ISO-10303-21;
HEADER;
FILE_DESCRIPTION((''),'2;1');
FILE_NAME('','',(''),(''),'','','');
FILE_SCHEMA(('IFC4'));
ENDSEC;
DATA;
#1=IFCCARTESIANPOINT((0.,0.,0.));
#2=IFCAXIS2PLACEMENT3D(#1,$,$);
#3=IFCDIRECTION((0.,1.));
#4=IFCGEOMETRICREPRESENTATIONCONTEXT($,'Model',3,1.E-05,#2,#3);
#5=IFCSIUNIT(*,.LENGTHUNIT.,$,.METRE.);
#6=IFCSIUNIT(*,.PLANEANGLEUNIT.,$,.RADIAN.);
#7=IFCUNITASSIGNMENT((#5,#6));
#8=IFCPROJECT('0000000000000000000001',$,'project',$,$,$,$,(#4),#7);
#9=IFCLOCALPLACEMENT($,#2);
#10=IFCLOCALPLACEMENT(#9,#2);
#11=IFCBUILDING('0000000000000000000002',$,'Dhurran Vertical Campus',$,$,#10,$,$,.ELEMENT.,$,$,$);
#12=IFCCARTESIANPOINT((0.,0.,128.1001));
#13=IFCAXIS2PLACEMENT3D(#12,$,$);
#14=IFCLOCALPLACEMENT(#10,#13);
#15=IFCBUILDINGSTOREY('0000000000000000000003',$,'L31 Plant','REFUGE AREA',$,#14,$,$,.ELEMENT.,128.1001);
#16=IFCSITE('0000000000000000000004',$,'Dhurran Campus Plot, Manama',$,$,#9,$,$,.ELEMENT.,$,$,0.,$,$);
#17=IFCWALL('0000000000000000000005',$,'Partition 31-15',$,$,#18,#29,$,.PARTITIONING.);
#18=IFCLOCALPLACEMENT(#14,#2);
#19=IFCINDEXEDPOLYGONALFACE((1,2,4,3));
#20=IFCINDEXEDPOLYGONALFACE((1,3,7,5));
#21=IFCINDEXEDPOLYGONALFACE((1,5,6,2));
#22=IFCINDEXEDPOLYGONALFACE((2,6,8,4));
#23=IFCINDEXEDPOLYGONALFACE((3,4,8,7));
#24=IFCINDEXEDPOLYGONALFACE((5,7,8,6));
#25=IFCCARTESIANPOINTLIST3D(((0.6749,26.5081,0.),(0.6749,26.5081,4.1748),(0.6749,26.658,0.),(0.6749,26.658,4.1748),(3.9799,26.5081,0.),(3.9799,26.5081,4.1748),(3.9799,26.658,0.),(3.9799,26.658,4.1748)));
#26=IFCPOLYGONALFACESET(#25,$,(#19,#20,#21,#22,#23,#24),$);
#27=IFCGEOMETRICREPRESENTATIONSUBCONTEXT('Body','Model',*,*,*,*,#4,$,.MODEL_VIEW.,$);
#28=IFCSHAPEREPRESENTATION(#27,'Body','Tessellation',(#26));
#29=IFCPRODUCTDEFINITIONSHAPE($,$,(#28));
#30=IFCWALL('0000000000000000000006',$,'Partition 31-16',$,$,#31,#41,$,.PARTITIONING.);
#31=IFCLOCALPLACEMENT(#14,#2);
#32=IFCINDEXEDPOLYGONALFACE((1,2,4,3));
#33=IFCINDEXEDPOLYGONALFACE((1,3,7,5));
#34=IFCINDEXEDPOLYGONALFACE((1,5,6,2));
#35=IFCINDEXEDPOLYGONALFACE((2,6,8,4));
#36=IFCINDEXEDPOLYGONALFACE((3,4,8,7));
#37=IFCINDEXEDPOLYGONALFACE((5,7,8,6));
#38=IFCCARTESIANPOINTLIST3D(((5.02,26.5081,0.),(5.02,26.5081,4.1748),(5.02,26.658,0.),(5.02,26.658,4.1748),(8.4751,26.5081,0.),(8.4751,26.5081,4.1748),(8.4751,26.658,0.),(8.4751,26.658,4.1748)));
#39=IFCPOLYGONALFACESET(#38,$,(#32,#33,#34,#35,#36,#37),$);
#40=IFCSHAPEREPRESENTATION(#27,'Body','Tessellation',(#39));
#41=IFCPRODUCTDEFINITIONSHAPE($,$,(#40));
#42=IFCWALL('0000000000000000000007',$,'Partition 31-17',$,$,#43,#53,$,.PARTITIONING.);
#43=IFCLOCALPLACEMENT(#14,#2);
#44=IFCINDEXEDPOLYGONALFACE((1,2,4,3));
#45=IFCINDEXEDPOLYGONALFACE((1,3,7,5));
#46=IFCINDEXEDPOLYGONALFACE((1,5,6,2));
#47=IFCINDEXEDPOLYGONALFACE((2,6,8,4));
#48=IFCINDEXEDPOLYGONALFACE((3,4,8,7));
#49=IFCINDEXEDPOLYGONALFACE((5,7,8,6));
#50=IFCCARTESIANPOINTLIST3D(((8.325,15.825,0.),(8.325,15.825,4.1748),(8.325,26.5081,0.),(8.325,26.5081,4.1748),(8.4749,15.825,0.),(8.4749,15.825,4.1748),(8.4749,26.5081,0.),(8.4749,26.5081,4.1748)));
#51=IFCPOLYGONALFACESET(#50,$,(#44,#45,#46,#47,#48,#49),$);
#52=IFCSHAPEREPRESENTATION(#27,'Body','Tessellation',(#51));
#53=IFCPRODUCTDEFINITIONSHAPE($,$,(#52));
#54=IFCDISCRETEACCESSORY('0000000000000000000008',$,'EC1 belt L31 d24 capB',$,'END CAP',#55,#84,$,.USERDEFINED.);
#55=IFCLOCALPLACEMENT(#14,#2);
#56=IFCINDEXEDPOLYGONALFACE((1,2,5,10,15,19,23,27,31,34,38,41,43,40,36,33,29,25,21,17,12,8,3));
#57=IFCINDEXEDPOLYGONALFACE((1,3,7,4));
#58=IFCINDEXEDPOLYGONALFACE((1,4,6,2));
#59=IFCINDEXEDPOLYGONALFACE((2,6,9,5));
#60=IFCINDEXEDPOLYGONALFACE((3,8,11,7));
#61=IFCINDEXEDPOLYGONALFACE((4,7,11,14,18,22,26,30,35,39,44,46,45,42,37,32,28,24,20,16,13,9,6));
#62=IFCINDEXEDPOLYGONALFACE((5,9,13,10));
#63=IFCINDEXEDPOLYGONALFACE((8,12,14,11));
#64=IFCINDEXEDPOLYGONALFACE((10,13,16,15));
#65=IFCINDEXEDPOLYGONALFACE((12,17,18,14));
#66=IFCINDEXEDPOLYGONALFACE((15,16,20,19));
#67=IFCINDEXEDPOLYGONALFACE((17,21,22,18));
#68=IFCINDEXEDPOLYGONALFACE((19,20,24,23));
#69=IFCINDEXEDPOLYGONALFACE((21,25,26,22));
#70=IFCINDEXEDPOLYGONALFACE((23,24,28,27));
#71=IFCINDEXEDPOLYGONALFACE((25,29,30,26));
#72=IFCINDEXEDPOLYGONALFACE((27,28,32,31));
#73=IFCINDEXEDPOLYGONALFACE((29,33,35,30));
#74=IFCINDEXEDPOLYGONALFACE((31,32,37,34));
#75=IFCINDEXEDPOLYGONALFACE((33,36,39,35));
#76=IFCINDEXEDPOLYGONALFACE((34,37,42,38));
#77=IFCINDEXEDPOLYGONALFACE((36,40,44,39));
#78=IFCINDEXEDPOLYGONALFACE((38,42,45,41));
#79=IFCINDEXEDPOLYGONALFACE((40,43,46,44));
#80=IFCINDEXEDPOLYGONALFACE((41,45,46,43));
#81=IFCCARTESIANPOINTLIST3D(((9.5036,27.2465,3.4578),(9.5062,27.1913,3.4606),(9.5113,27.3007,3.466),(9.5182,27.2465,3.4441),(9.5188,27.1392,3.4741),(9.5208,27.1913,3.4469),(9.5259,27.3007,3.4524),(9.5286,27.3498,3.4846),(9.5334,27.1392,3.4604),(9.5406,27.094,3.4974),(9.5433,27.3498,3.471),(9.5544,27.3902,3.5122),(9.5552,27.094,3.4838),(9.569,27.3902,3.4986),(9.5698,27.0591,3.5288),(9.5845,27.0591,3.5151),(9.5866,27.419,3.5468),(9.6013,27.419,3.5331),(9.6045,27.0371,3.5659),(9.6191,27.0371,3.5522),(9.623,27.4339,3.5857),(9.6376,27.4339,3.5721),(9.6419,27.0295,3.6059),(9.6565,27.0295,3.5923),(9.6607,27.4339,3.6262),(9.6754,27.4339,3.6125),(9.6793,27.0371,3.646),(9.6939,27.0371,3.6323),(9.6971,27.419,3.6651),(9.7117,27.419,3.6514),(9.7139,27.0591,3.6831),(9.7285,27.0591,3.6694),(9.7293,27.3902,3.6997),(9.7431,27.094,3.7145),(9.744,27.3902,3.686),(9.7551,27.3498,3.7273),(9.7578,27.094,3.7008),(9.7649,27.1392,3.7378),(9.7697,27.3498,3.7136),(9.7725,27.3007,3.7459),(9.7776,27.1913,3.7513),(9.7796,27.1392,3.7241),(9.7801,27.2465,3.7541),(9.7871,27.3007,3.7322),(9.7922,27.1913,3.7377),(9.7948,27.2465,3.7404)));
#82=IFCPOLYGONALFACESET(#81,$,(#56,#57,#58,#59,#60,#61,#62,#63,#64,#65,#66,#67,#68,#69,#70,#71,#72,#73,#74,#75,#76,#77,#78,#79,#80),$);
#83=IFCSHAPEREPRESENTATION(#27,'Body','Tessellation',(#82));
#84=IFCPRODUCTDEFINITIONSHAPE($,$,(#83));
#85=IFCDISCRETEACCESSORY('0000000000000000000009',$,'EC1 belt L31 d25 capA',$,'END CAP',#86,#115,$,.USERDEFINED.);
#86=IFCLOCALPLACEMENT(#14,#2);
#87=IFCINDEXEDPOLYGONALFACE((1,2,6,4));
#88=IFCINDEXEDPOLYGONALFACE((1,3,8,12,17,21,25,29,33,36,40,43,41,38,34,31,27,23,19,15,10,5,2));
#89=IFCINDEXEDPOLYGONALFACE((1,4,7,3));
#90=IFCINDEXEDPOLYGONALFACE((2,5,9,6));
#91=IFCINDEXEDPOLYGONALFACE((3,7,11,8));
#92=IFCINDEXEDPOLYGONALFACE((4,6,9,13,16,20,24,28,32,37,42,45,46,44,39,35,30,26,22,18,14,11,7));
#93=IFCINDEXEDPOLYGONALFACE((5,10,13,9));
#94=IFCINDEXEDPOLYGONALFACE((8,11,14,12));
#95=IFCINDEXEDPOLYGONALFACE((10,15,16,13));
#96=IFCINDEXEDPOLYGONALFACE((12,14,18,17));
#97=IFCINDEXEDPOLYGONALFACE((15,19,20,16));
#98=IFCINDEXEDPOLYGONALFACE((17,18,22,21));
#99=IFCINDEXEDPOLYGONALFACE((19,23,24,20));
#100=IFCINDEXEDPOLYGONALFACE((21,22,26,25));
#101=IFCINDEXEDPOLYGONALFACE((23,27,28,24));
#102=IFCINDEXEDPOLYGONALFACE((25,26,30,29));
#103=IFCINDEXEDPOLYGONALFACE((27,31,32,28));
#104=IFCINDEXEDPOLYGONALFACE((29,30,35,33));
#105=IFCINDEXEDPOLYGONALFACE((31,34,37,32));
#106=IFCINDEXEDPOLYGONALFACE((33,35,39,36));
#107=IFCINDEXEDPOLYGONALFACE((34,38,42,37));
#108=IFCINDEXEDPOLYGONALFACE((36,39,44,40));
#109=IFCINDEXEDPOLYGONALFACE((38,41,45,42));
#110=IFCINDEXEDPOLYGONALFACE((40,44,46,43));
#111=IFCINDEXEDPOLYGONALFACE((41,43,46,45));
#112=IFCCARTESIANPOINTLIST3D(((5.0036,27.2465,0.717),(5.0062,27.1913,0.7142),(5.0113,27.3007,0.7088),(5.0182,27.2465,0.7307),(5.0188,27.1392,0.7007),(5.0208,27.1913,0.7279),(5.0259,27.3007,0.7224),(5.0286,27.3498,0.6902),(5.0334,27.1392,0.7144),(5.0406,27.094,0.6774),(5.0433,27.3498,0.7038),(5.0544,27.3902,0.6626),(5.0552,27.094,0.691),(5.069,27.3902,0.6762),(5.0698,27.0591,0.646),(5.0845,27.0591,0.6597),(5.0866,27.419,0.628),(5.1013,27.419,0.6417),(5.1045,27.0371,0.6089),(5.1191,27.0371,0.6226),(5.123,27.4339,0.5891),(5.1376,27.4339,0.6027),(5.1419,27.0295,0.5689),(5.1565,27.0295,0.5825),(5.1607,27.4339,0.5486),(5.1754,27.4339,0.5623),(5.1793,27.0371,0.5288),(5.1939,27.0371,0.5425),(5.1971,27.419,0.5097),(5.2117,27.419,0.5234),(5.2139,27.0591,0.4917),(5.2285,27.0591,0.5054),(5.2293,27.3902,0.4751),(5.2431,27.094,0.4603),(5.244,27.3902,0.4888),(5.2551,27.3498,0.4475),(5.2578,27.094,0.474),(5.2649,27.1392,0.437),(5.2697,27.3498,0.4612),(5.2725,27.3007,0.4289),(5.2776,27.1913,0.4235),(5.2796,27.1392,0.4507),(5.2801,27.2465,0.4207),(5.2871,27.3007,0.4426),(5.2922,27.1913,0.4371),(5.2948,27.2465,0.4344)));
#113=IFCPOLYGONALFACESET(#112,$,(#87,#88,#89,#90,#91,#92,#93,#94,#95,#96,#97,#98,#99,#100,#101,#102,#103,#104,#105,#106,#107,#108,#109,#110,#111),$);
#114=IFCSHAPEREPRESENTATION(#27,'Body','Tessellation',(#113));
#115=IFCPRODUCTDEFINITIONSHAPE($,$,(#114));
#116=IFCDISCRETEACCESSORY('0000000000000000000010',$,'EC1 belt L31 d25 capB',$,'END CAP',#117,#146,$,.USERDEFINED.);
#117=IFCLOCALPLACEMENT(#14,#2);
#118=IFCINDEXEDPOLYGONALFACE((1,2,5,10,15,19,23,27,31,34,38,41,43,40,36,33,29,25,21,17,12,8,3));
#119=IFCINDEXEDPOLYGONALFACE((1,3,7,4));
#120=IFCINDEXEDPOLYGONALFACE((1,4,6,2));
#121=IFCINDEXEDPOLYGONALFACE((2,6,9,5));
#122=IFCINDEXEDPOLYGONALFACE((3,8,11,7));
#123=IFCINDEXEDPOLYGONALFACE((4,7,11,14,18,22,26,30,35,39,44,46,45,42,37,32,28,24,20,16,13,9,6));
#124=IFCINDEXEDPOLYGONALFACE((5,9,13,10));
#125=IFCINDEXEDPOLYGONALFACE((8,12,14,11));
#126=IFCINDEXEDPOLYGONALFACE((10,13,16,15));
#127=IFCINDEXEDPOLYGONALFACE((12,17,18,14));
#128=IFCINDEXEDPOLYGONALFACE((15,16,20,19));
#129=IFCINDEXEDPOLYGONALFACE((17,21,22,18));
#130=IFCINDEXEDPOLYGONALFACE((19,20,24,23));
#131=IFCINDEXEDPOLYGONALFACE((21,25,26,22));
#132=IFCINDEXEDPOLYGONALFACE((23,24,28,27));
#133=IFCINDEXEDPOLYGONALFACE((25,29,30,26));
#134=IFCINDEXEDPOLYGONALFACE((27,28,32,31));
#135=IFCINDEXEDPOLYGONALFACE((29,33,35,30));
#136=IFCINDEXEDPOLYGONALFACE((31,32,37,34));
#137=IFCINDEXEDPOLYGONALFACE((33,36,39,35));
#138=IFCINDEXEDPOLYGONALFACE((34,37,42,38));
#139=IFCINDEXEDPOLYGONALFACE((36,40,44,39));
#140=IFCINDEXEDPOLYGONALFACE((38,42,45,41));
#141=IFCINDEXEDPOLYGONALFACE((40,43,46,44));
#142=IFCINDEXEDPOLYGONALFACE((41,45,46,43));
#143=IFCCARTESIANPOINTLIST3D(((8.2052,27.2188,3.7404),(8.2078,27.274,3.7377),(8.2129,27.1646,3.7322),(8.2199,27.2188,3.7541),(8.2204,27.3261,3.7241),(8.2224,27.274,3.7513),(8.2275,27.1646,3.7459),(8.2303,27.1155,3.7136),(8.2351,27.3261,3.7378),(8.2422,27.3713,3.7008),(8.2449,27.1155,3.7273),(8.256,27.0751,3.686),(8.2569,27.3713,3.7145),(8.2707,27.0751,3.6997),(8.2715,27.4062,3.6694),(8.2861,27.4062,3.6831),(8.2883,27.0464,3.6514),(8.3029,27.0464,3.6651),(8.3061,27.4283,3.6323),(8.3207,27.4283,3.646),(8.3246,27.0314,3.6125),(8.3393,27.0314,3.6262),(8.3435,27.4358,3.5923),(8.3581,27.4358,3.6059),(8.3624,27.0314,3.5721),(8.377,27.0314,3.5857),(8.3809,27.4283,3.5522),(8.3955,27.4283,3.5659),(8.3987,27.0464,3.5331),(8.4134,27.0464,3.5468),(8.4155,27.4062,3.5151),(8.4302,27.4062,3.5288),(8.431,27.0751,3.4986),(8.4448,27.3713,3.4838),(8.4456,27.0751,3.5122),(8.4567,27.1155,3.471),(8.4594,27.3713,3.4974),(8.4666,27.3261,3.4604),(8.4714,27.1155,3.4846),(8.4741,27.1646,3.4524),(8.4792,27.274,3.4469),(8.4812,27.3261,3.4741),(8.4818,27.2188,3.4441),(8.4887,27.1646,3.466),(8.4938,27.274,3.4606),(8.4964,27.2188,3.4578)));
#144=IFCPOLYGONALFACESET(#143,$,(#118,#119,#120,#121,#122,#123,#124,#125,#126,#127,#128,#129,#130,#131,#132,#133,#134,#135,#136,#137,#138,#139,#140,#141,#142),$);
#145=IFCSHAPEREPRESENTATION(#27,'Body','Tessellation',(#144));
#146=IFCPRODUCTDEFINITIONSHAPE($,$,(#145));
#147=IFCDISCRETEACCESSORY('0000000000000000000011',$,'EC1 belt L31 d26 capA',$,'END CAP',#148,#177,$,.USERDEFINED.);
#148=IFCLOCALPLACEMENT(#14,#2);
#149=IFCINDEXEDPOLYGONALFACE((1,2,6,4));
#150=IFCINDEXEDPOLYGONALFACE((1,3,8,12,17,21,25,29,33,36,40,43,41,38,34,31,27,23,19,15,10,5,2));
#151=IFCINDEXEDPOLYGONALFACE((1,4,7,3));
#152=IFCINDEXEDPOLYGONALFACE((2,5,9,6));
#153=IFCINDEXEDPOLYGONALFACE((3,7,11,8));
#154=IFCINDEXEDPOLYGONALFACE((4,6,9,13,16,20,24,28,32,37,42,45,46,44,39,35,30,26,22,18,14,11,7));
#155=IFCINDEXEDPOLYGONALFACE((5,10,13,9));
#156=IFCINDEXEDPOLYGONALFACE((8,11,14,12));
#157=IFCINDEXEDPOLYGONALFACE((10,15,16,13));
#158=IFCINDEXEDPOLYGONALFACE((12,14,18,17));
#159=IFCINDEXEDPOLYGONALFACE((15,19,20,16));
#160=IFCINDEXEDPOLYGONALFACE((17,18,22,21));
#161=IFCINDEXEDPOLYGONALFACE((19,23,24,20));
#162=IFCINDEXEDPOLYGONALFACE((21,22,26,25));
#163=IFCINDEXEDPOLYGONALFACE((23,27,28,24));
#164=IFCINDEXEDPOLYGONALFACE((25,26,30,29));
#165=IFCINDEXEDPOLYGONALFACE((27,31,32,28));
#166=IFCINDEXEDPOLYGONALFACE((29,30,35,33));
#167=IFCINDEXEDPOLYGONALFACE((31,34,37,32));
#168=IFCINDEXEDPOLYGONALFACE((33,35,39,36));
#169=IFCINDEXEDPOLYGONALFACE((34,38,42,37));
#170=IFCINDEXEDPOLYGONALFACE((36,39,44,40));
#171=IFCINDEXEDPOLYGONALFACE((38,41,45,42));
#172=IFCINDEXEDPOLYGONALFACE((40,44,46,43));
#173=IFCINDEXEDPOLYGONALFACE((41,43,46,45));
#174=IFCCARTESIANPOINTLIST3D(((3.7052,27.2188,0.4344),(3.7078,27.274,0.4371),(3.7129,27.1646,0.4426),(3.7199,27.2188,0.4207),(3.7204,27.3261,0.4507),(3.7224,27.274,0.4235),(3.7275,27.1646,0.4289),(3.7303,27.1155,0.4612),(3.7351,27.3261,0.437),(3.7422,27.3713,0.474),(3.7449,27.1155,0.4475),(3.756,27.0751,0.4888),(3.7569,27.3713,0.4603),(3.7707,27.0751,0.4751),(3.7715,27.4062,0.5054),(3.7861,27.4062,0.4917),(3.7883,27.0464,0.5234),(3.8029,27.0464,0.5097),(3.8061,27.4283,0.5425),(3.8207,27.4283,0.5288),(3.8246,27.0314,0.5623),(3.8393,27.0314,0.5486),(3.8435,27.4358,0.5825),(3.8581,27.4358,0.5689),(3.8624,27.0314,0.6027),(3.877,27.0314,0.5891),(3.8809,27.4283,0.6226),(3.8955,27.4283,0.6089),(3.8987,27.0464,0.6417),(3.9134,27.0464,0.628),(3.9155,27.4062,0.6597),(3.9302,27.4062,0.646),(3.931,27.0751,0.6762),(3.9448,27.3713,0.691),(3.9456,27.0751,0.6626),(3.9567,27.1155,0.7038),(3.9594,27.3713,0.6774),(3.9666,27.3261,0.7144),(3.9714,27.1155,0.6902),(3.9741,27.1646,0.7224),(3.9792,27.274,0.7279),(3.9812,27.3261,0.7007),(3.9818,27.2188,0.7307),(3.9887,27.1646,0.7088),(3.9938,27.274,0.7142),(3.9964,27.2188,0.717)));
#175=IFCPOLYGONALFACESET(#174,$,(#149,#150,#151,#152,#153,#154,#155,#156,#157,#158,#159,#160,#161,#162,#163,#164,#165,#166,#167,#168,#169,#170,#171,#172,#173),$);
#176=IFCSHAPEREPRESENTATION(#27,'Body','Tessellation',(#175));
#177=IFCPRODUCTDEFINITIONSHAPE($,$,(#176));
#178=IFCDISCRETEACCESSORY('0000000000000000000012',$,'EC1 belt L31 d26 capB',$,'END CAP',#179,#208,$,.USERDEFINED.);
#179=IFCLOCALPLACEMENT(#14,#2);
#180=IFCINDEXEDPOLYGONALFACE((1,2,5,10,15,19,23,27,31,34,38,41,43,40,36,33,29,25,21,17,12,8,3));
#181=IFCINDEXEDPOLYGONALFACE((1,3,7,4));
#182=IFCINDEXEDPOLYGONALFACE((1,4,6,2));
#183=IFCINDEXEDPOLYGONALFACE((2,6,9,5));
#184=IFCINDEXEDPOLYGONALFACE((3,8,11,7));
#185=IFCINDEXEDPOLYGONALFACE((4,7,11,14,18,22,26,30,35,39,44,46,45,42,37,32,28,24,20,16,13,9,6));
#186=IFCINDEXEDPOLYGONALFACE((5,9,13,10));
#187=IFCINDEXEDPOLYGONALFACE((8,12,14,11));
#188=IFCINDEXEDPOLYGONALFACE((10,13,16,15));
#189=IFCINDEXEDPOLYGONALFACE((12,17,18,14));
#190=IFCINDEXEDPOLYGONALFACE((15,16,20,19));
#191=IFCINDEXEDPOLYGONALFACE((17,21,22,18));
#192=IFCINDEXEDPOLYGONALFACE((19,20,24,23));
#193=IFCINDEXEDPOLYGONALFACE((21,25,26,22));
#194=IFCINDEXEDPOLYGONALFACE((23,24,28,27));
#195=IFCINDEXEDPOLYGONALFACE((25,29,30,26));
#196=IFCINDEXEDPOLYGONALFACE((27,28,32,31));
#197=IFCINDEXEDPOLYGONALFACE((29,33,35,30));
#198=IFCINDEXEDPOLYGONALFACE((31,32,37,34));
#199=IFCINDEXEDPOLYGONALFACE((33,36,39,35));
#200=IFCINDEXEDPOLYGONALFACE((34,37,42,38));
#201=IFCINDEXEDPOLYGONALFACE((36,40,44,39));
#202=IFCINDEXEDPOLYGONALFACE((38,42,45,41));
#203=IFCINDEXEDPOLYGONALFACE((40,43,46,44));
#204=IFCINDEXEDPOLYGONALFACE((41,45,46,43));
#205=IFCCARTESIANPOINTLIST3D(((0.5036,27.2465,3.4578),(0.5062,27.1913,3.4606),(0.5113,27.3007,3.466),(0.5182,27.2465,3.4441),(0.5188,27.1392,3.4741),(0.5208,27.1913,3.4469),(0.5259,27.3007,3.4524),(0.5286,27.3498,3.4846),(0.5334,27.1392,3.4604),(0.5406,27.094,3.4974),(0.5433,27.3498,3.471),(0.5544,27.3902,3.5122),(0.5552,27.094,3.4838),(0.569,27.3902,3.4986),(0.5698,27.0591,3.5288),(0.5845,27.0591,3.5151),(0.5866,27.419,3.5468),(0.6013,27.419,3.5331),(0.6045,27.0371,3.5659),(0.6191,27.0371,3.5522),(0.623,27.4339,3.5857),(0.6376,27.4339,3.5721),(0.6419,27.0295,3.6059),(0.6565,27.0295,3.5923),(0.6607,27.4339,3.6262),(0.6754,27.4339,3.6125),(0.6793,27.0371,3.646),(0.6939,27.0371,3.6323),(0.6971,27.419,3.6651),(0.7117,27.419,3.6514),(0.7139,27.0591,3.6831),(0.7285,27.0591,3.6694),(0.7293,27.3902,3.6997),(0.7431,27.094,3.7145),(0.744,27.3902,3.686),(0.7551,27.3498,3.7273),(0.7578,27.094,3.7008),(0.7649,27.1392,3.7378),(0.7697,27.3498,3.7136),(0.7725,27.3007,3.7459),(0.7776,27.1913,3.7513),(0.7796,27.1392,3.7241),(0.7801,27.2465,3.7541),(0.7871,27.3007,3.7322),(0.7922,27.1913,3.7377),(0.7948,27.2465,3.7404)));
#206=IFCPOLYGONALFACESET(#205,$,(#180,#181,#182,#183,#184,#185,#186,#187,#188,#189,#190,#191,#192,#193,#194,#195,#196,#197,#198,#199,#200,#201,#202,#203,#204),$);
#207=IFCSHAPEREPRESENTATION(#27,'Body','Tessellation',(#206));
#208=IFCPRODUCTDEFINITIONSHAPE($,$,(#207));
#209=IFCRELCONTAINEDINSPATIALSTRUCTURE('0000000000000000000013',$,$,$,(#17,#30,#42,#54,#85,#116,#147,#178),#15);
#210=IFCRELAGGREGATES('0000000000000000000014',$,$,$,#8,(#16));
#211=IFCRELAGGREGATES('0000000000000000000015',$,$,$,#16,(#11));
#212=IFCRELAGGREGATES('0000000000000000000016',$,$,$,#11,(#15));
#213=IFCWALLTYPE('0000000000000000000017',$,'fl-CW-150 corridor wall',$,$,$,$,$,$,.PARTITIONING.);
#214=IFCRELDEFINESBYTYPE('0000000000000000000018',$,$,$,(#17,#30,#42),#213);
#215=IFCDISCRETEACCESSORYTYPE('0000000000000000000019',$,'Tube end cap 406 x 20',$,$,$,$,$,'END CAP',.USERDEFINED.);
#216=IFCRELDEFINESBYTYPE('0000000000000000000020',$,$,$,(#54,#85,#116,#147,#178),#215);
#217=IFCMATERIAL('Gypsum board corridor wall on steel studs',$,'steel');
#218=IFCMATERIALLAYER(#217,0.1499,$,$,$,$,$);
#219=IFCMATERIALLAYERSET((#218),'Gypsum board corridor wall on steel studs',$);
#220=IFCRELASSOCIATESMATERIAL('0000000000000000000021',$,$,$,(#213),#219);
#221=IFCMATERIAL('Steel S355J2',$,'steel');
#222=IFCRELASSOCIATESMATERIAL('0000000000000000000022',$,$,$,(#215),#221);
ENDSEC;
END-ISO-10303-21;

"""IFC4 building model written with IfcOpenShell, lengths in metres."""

from ifc_helpers import new_model, si_unit, direction, frame, frame_2d, origin, origin_2d, place, context, subcontext, project, spatial, rectangle, circle, extrude, material, layer, layer_set, material_profile, profile_set, type_object, element, save


model = new_model("IFC4")

# Units and contexts
model_context = context("Model", 3, precision=1e-05, world=origin(), true_north=direction((0.0, 1.0)))
body_context = subcontext(model_context, "Body", "Model", "MODEL_VIEW")
ifc_project = project(units=[si_unit("LENGTHUNIT", "METRE"), si_unit("PLANEANGLEUNIT", "RADIAN")], contexts=[model_context])

# Site, building, storey
site_placement = place(None, origin())
site = spatial("IfcSite", under=ifc_project, at=site_placement, Name="Dhurran Campus Plot, Manama", CompositionType="ELEMENT", RefElevation=0.0)
building_placement = place(site_placement, origin())
building = spatial("IfcBuilding", under=site, at=building_placement, Name="Dhurran Vertical Campus", CompositionType="ELEMENT")
storey_placement = place(building_placement, frame((0.0, 0.0, 128.1001)))
storey = spatial("IfcBuildingStorey", under=building, at=storey_placement, Name="L31 Plant", Description="REFUGE AREA", CompositionType="ELEMENT", Elevation=128.1001)

# Walls
ifc_material_1 = material(Name="Gypsum board corridor wall on steel studs", Category="steel")
ifc_layer_1 = layer(ifc_material_1, 0.1499)
ifc_layer_set_1 = layer_set([ifc_layer_1], Name="Gypsum board corridor wall on steel studs")
wall_type_1 = type_object("IfcWallType", Name="fl-CW-150 corridor wall", PredefinedType="PARTITIONING", material=ifc_layer_set_1)
wall_1_placement = place(storey_placement, frame((0.675, 26.583, 0.0), z_axis=(0.0, 0.0, 1.0), x_axis=(1.0, 0.0, 0.0)))
element("IfcWall", 1, at=wall_1_placement, inside=storey, type_object=wall_type_1, Name="Partition 31-15", PredefinedType="PARTITIONING", context=body_context, shape_type="SweptSolid", body=[
    extrude(rectangle(XDim=3.3049, YDim=0.1499, at=frame_2d((1.6523, 0.0))), origin(), (0.0, 0.0, 1.0), 4.1748),
])
wall_2_placement = place(storey_placement, frame((5.02, 26.583, 0.0), z_axis=(0.0, 0.0, 1.0), x_axis=(1.0, 0.0, 0.0)))
element("IfcWall", 2, at=wall_2_placement, inside=storey, type_object=wall_type_1, Name="Partition 31-16", PredefinedType="PARTITIONING", context=body_context, shape_type="SweptSolid", body=[
    extrude(rectangle(XDim=3.4551, YDim=0.1499, at=frame_2d((1.7275, 0.0))), origin(), (0.0, 0.0, 1.0), 4.1748),
])
wall_3_placement = place(storey_placement, frame((8.3999, 26.5081, 0.0), z_axis=(0.0, 0.0, 1.0), x_axis=(0.0, -1.0, 0.0)))
element("IfcWall", 3, at=wall_3_placement, inside=storey, type_object=wall_type_1, Name="Partition 31-17", PredefinedType="PARTITIONING", context=body_context, shape_type="SweptSolid", body=[
    extrude(rectangle(XDim=10.6831, YDim=0.1499, at=frame_2d((5.3416, 0.0))), origin(), (0.0, 0.0, 1.0), 4.1748),
])

# Discrete accessories
ifc_material_2 = material(Name="Steel S355J2", Category="steel")
ifc_material_profile_1 = material_profile(ifc_material_2, circle(Radius=0.2031, at=origin_2d()), Name="Tube end cap 406 x 20")
ifc_profile_set_1 = profile_set([ifc_material_profile_1], Name="Steel S355J2")
discrete_accessory_type_1 = type_object("IfcDiscreteAccessoryType", Name="Tube end cap 406 x 20", ElementType="END CAP", PredefinedType="USERDEFINED", material=ifc_profile_set_1)
for number, where, z_axis, x_axis, name in (
    (4, (9.6565, 27.2327, 3.5923), (-0.731055, 0.0, 0.682318), (0.0, -1.0, 0.0), "EC1 belt L31 d24 capB"),
    (5, (5.1565, 27.2327, 0.5825), (-0.731055, 0.0, -0.682318), (0.0, -1.0, 0.0), "EC1 belt L31 d25 capA"),
    (6, (8.3435, 27.2327, 3.5923), (0.731055, 0.0, 0.682318), (0.0, 1.0, 0.0), "EC1 belt L31 d25 capB"),
    (7, (3.8435, 27.2327, 0.5825), (0.731055, 0.0, -0.682318), (0.0, 1.0, 0.0), "EC1 belt L31 d26 capA"),
    (8, (0.6565, 27.2327, 3.5923), (-0.731055, 0.0, 0.682318), (0.0, -1.0, 0.0), "EC1 belt L31 d26 capB"),
):
    element("IfcDiscreteAccessory", number, at=place(storey_placement, frame(where, z_axis=z_axis, x_axis=x_axis)), inside=storey, type_object=discrete_accessory_type_1, Name=name, ObjectType="END CAP", PredefinedType="USERDEFINED", context=body_context, shape_type="SweptSolid", body=[
        extrude(circle(Radius=0.2031, at=origin_2d()), origin(), (0.0, 0.0, 1.0), 0.02),
    ])

save(model, "model.ifc")
